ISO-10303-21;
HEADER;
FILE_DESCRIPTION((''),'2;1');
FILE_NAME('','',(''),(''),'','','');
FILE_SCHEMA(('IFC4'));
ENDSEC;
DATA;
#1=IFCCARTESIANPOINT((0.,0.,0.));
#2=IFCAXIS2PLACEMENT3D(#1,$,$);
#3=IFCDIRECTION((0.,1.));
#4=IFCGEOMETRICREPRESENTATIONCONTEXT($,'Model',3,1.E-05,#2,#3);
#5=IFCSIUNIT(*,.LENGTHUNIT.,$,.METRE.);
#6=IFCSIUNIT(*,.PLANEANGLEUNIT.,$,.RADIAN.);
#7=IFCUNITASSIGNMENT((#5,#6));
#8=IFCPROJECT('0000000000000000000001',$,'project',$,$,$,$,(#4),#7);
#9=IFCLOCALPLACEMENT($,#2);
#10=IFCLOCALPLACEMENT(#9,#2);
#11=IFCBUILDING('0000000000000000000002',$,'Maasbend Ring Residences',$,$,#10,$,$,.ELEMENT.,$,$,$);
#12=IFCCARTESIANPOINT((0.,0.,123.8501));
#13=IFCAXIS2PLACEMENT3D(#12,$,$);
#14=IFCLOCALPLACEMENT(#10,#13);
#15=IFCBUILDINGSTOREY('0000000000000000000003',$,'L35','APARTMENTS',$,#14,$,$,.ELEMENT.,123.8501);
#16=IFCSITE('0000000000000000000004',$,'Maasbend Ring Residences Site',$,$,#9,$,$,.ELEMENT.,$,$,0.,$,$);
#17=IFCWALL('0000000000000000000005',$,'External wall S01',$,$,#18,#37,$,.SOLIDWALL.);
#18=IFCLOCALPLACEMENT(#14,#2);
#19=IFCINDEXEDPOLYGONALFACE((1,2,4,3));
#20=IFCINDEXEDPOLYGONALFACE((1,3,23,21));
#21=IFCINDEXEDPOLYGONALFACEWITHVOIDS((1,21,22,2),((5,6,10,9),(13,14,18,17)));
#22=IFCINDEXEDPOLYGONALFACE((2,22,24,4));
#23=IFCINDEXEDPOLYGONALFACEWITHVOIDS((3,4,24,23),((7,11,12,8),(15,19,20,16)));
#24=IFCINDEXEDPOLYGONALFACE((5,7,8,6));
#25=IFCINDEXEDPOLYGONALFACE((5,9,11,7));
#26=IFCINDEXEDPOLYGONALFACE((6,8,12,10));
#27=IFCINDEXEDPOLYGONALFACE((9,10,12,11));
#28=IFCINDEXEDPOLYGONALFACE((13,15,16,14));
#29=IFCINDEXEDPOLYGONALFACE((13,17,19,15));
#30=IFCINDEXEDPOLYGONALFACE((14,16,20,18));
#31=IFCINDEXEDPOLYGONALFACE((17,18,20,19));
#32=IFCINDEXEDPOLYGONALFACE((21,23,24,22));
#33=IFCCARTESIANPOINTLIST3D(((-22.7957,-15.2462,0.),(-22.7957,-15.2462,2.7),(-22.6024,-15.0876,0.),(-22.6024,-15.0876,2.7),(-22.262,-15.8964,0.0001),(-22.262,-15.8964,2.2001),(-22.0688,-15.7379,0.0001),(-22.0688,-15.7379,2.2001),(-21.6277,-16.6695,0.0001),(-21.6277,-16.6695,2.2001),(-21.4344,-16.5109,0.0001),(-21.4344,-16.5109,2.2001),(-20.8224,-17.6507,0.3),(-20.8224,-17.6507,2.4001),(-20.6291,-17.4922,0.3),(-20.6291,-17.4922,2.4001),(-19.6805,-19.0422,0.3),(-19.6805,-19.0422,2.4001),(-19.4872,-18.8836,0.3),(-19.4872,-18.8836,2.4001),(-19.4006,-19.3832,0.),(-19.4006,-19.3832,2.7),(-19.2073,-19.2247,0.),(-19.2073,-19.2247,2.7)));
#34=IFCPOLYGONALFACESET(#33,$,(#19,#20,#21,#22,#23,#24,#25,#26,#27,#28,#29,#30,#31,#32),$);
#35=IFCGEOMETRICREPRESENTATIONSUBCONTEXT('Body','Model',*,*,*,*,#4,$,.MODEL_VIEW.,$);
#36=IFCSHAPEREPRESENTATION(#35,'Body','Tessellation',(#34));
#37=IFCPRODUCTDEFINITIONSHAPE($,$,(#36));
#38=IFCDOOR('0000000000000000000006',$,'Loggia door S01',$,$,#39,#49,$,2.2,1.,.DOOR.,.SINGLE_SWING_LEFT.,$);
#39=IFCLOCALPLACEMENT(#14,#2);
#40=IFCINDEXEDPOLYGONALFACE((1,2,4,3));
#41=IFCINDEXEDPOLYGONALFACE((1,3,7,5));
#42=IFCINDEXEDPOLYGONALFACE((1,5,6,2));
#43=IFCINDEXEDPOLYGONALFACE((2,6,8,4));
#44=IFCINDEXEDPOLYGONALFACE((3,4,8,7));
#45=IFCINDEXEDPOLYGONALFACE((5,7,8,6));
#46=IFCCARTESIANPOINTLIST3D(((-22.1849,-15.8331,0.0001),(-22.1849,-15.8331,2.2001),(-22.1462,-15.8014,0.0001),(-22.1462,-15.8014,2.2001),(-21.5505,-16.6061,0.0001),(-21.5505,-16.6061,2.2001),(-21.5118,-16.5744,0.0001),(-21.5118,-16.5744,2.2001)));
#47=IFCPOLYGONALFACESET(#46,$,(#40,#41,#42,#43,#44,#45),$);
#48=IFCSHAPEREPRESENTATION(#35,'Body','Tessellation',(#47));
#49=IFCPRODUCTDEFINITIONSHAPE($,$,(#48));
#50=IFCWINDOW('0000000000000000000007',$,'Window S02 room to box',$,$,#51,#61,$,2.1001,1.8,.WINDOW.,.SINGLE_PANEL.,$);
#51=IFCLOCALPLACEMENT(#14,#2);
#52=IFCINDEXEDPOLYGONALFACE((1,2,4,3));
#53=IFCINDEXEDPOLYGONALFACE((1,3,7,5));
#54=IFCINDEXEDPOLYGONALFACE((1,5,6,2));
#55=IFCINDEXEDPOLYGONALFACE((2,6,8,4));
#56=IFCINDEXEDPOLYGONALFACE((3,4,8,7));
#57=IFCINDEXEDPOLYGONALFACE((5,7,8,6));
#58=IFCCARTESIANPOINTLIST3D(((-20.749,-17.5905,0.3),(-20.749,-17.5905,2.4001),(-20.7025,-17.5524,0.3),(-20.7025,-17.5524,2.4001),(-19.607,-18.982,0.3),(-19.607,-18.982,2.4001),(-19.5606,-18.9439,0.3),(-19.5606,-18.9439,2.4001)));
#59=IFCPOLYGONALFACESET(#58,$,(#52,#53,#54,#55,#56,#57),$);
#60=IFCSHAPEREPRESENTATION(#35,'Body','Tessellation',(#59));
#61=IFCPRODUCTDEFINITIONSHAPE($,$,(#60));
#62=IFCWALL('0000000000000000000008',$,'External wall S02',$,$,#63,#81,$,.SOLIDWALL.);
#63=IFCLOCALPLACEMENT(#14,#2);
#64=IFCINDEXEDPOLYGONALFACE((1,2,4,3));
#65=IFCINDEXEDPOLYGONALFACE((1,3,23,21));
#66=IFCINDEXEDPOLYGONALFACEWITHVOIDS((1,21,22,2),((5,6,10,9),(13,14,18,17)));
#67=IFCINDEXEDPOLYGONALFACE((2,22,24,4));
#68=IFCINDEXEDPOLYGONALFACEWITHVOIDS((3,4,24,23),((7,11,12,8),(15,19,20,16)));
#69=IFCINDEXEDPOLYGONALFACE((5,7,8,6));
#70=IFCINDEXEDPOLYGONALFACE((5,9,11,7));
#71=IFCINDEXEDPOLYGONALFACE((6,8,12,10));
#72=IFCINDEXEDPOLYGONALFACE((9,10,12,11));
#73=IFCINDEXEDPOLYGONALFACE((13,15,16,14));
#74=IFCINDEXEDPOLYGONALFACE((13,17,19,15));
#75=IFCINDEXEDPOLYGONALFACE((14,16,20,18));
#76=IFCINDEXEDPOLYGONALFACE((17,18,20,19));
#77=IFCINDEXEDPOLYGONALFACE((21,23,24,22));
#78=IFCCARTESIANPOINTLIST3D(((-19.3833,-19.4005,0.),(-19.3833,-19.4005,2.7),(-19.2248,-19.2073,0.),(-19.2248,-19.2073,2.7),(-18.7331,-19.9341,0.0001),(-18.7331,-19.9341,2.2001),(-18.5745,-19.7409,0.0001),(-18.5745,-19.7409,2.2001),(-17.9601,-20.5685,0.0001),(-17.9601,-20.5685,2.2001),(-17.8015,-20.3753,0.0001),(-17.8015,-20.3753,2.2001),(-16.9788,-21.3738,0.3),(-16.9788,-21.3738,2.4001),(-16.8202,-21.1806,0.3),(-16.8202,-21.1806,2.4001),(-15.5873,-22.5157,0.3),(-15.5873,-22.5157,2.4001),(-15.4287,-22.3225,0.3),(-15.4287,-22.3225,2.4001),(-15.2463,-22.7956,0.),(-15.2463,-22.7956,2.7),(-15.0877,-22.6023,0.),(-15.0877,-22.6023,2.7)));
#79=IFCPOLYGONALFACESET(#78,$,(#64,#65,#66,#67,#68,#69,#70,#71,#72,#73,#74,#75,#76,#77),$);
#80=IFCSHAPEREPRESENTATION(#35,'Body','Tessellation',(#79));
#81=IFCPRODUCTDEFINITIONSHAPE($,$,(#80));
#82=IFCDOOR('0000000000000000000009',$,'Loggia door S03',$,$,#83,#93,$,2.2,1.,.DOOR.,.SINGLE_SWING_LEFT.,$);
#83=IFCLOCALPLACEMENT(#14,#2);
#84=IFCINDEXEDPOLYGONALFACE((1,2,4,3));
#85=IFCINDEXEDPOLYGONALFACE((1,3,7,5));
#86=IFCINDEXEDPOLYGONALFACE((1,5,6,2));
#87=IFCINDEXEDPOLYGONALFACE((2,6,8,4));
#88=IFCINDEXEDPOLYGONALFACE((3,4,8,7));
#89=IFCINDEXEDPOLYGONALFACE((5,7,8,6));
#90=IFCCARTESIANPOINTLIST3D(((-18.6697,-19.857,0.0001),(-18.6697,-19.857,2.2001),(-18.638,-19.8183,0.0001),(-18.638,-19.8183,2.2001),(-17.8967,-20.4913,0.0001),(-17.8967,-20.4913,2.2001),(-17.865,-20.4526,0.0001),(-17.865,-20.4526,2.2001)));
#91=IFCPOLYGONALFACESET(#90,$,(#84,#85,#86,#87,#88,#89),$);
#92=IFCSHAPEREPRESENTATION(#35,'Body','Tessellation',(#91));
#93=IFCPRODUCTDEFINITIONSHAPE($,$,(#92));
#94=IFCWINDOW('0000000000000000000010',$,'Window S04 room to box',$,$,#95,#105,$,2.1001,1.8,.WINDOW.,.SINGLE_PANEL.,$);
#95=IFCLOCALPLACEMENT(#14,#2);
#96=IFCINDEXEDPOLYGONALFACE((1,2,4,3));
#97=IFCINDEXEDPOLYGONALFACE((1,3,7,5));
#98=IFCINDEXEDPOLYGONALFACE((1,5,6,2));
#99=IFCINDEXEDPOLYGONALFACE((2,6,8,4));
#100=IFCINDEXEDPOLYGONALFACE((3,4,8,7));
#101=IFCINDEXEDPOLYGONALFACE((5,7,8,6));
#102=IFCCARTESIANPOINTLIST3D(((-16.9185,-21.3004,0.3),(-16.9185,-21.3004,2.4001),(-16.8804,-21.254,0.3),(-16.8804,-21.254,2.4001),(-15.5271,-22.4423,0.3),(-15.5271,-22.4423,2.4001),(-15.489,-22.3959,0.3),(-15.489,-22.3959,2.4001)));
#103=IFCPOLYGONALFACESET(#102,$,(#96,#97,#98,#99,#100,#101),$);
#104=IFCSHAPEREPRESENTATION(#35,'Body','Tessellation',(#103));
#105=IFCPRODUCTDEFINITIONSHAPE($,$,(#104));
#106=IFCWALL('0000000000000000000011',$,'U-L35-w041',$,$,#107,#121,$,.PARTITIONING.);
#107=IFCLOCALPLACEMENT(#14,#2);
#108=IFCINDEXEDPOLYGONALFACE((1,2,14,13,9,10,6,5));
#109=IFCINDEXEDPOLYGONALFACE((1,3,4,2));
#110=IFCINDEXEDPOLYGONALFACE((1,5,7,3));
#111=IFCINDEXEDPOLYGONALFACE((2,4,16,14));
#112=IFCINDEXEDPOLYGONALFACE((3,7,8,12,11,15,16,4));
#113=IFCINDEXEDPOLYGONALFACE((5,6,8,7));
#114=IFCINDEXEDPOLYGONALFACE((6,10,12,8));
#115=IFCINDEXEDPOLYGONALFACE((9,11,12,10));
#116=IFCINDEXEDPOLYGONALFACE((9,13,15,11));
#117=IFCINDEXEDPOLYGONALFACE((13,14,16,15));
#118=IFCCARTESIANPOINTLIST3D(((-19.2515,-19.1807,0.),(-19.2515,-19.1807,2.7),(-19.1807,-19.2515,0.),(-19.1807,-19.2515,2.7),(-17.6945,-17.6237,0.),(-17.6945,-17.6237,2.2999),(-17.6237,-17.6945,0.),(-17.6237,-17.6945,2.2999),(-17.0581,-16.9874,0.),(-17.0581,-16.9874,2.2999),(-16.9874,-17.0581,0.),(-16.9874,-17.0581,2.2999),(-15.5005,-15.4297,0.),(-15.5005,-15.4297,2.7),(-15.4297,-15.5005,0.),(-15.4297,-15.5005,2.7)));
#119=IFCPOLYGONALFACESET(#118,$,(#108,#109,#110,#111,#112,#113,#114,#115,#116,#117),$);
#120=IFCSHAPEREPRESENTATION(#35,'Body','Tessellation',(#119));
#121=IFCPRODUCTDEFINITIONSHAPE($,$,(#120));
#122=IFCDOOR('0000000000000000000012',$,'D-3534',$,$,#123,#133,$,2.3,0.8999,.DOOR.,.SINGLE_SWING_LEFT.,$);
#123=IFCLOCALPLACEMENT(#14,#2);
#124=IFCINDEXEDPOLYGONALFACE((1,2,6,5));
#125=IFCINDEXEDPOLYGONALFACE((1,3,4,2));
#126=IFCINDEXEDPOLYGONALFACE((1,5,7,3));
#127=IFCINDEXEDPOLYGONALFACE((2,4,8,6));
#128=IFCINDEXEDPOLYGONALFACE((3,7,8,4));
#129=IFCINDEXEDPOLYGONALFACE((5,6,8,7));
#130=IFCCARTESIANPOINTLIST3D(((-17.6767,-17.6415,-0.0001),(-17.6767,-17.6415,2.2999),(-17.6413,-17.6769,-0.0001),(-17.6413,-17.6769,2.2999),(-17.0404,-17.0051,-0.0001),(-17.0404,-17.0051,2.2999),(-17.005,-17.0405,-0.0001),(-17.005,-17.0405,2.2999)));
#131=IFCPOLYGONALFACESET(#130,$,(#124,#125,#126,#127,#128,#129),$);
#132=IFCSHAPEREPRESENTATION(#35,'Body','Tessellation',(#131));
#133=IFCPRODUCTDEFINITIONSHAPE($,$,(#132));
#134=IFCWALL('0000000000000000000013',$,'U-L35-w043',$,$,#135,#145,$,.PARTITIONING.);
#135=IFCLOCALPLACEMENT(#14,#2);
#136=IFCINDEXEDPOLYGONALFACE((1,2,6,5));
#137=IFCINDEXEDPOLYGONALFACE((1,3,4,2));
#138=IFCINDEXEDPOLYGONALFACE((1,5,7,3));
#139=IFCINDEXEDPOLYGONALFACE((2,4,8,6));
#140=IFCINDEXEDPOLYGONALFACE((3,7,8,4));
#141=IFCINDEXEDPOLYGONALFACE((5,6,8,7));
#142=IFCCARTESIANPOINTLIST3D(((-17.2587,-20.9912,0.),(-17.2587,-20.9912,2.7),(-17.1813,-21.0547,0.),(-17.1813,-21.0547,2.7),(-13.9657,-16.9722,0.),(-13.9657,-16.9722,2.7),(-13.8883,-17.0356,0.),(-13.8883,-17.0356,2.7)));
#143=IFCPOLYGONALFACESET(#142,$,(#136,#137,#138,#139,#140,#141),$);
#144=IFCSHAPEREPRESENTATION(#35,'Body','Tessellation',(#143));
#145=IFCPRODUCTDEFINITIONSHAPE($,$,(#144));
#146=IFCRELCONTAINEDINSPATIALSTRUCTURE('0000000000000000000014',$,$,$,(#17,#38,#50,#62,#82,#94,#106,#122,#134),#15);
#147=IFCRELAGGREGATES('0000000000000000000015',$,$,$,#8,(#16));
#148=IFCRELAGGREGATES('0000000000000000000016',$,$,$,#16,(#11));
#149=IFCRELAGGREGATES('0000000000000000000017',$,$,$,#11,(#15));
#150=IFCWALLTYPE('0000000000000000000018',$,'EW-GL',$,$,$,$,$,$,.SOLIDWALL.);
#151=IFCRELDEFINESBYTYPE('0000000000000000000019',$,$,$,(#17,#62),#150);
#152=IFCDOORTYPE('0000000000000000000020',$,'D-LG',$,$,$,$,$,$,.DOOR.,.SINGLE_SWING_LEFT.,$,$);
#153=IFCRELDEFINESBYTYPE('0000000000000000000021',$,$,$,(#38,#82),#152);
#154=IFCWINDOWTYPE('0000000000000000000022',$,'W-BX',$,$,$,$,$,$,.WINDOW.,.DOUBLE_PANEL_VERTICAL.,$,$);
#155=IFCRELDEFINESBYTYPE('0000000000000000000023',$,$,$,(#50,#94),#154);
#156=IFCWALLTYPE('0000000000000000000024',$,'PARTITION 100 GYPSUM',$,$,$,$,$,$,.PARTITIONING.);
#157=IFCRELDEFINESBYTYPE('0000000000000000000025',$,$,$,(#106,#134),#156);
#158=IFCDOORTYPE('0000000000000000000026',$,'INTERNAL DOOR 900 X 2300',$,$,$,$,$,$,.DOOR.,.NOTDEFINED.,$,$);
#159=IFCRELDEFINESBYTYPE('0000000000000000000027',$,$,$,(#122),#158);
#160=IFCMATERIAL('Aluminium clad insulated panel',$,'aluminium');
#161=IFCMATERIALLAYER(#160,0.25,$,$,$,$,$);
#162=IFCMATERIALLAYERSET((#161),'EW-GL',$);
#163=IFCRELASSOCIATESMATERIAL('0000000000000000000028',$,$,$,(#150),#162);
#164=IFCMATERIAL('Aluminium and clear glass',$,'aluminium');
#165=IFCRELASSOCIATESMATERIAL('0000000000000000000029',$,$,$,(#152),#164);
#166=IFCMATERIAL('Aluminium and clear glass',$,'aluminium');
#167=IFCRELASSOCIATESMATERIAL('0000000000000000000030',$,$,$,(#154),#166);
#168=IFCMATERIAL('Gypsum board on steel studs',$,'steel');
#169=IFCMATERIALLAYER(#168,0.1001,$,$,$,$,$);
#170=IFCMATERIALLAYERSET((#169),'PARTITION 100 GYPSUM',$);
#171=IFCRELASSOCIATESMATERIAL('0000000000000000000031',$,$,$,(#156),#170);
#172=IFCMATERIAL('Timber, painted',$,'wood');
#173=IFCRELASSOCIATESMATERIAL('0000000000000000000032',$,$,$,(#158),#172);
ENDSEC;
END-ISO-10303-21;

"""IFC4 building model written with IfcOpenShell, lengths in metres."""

from ifc_helpers import new_model, si_unit, direction, frame, frame_2d, origin, place, context, subcontext, project, spatial, rectangle, extrude, material, layer, layer_set, type_object, element, fill, save


model = new_model("IFC4")

# Units and contexts
model_context = context("Model", 3, precision=1e-05, world=origin(), true_north=direction((0.0, 1.0)))
body_context = subcontext(model_context, "Body", "Model", "MODEL_VIEW")
ifc_project = project(units=[si_unit("LENGTHUNIT", "METRE"), si_unit("PLANEANGLEUNIT", "RADIAN")], contexts=[model_context])

# Site, building, storey
site_placement = place(None, origin())
site = spatial("IfcSite", under=ifc_project, at=site_placement, Name="Maasbend Ring Residences Site", CompositionType="ELEMENT", RefElevation=0.0)
building_placement = place(site_placement, origin())
building = spatial("IfcBuilding", under=site, at=building_placement, Name="Maasbend Ring Residences", CompositionType="ELEMENT")
storey_placement = place(building_placement, frame((0.0, 0.0, 123.8501)))
storey = spatial("IfcBuildingStorey", under=building, at=storey_placement, Name="L35", Description="APARTMENTS", CompositionType="ELEMENT", Elevation=123.8501)

# Walls, openings, doors, windows
ifc_material_1 = material(Name="Aluminium clad insulated panel", Category="aluminium")
ifc_layer_1 = layer(ifc_material_1, 0.25)
ifc_layer_set_1 = layer_set([ifc_layer_1], Name="EW-GL")
wall_type_1 = type_object("IfcWallType", Name="EW-GL", PredefinedType="SOLIDWALL", material=ifc_layer_set_1)
wall_1_placement = place(storey_placement, frame((-22.699, -15.167, 0.0), z_axis=(0.0, 0.0, 1.0), x_axis=(0.634382, -0.773019, 0.0)))
wall_1 = element("IfcWall", 1, at=wall_1_placement, inside=storey, type_object=wall_type_1, Name="External wall S01", PredefinedType="SOLIDWALL", context=body_context, shape_type="SweptSolid", body=[
    extrude(rectangle(XDim=5.3518, YDim=0.25, at=frame_2d((2.6758, 0.0))), origin(), (0.0, 0.0, 1.0), 2.7),
])
opening_1_placement = place(wall_1_placement, frame((0.8411, 0.0, 0.0)))
opening_1 = element("IfcOpeningElement", 2, at=opening_1_placement, cuts=wall_1, PredefinedType="OPENING", context=body_context, shape_type="SweptSolid", body=[
    extrude(rectangle(XDim=1.0, YDim=2.2, at=frame_2d((0.5, 1.1001))), frame((0.0, 0.135, 0.0), z_axis=(0.0, -1.0, 0.0), x_axis=(1.0, 0.0, 0.0)), (0.0, 0.0, 1.0), 0.27),
])
opening_2_placement = place(wall_1_placement, frame((3.1106, 0.0, 0.3)))
opening_2 = element("IfcOpeningElement", 3, at=opening_2_placement, cuts=wall_1, PredefinedType="OPENING", context=body_context, shape_type="SweptSolid", body=[
    extrude(rectangle(XDim=1.8, YDim=2.1001, at=frame_2d((0.8999, 1.05))), frame((0.0, 0.135, 0.0), z_axis=(0.0, -1.0, 0.0), x_axis=(1.0, 0.0, 0.0)), (0.0, 0.0, 1.0), 0.27),
])
ifc_material_2 = material(Name="Aluminium and clear glass", Category="aluminium")
door_type_1 = type_object("IfcDoorType", Name="D-LG", OperationType="SINGLE_SWING_LEFT", PredefinedType="DOOR", material=ifc_material_2)
door_1_placement = place(opening_1_placement, origin())
door_1 = element("IfcDoor", 4, at=door_1_placement, inside=storey, type_object=door_type_1, Name="Loggia door S01", OperationType="SINGLE_SWING_LEFT", OverallHeight=2.2, OverallWidth=1.0, PredefinedType="DOOR", context=body_context, shape_type="SweptSolid", body=[
    extrude(rectangle(XDim=1.0, YDim=2.2, at=frame_2d((0.5, 1.1001))), frame((0.0, 0.0249, 0.0), z_axis=(0.0, -1.0, 0.0), x_axis=(1.0, 0.0, 0.0)), (0.0, 0.0, 1.0), 0.05),
])
fill(opening_1, door_1)
ifc_material_3 = material(Name="Aluminium and clear glass", Category="aluminium")
window_type_1 = type_object("IfcWindowType", Name="W-BX", PartitioningType="DOUBLE_PANEL_VERTICAL", PredefinedType="WINDOW", material=ifc_material_3)
window_1_placement = place(opening_2_placement, origin())
window_1 = element("IfcWindow", 5, at=window_1_placement, inside=storey, type_object=window_type_1, Name="Window S02 room to box", OverallHeight=2.1001, OverallWidth=1.8, PartitioningType="SINGLE_PANEL", PredefinedType="WINDOW", context=body_context, shape_type="SweptSolid", body=[
    extrude(rectangle(XDim=1.8, YDim=2.1001, at=frame_2d((0.8999, 1.05))), frame((0.0, 0.03, 0.0), z_axis=(0.0, -1.0, 0.0), x_axis=(1.0, 0.0, 0.0)), (0.0, 0.0, 1.0), 0.0601),
])
fill(opening_2, window_1)
wall_2_placement = place(storey_placement, frame((-19.304, -19.304, 0.0), z_axis=(0.0, 0.0, 1.0), x_axis=(0.773019, -0.634382, 0.0)))
wall_2 = element("IfcWall", 6, at=wall_2_placement, inside=storey, type_object=wall_type_1, Name="External wall S02", PredefinedType="SOLIDWALL", context=body_context, shape_type="SweptSolid", body=[
    extrude(rectangle(XDim=5.3518, YDim=0.25, at=frame_2d((2.6758, 0.0))), origin(), (0.0, 0.0, 1.0), 2.7),
])
opening_3_placement = place(wall_2_placement, frame((0.8411, 0.0, 0.0)))
opening_3 = element("IfcOpeningElement", 7, at=opening_3_placement, cuts=wall_2, PredefinedType="OPENING", context=body_context, shape_type="SweptSolid", body=[
    extrude(rectangle(XDim=1.0, YDim=2.2, at=frame_2d((0.5, 1.1001))), frame((0.0, 0.135, 0.0), z_axis=(0.0, -1.0, 0.0), x_axis=(1.0, 0.0, 0.0)), (0.0, 0.0, 1.0), 0.27),
])
opening_4_placement = place(wall_2_placement, frame((3.1106, 0.0, 0.3)))
opening_4 = element("IfcOpeningElement", 8, at=opening_4_placement, cuts=wall_2, PredefinedType="OPENING", context=body_context, shape_type="SweptSolid", body=[
    extrude(rectangle(XDim=1.8, YDim=2.1001, at=frame_2d((0.8999, 1.05))), frame((0.0, 0.135, 0.0), z_axis=(0.0, -1.0, 0.0), x_axis=(1.0, 0.0, 0.0)), (0.0, 0.0, 1.0), 0.27),
])
door_2_placement = place(opening_3_placement, origin())
door_2 = element("IfcDoor", 9, at=door_2_placement, inside=storey, type_object=door_type_1, Name="Loggia door S03", OperationType="SINGLE_SWING_LEFT", OverallHeight=2.2, OverallWidth=1.0, PredefinedType="DOOR", context=body_context, shape_type="SweptSolid", body=[
    extrude(rectangle(XDim=1.0, YDim=2.2, at=frame_2d((0.5, 1.1001))), frame((0.0, 0.0249, 0.0), z_axis=(0.0, -1.0, 0.0), x_axis=(1.0, 0.0, 0.0)), (0.0, 0.0, 1.0), 0.05),
])
fill(opening_3, door_2)
window_2_placement = place(opening_4_placement, origin())
window_2 = element("IfcWindow", 10, at=window_2_placement, inside=storey, type_object=window_type_1, Name="Window S04 room to box", OverallHeight=2.1001, OverallWidth=1.8, PartitioningType="SINGLE_PANEL", PredefinedType="WINDOW", context=body_context, shape_type="SweptSolid", body=[
    extrude(rectangle(XDim=1.8, YDim=2.1001, at=frame_2d((0.8999, 1.05))), frame((0.0, 0.03, 0.0), z_axis=(0.0, -1.0, 0.0), x_axis=(1.0, 0.0, 0.0)), (0.0, 0.0, 1.0), 0.0601),
])
fill(opening_4, window_2)

# Wall, opening, door
ifc_material_4 = material(Name="Gypsum board on steel studs", Category="steel")
ifc_layer_2 = layer(ifc_material_4, 0.1001)
ifc_layer_set_2 = layer_set([ifc_layer_2], Name="PARTITION 100 GYPSUM")
wall_type_2 = type_object("IfcWallType", Name="PARTITION 100 GYPSUM", PredefinedType="PARTITIONING", material=ifc_layer_set_2)
wall_3_placement = place(storey_placement, frame((-19.2161, -19.2161, 0.0), z_axis=(0.0, 0.0, 1.0), x_axis=(0.707107, 0.707107, 0.0)))
wall_3 = element("IfcWall", 11, at=wall_3_placement, inside=storey, type_object=wall_type_2, Name="U-L35-w041", PredefinedType="PARTITIONING", context=body_context, shape_type="SweptSolid", body=[
    extrude(rectangle(XDim=5.3047, YDim=0.1001, at=frame_2d((2.6523, 0.0))), origin(), (0.0, 0.0, 1.0), 2.7),
])
opening_5_placement = place(wall_3_placement, frame((2.2019, 0.0, 0.0)))
opening_5 = element("IfcOpeningElement", 12, at=opening_5_placement, cuts=wall_3, PredefinedType="OPENING", context=body_context, shape_type="SweptSolid", body=[
    extrude(rectangle(XDim=0.8999, YDim=2.3, at=frame_2d((0.45, 1.1499))), frame((0.0, 0.0601, 0.0), z_axis=(0.0, -1.0, 0.0), x_axis=(1.0, 0.0, 0.0)), (0.0, 0.0, 1.0), 0.1201),
])
ifc_material_5 = material(Name="Timber, painted", Category="wood")
door_type_2 = type_object("IfcDoorType", Name="INTERNAL DOOR 900 X 2300", OperationType="NOTDEFINED", PredefinedType="DOOR", material=ifc_material_5)
door_3_placement = place(opening_5_placement, origin())
door_3 = element("IfcDoor", 13, at=door_3_placement, inside=storey, type_object=door_type_2, Name="D-3534", OperationType="SINGLE_SWING_LEFT", OverallHeight=2.3, OverallWidth=0.8999, PredefinedType="DOOR", context=body_context, shape_type="SweptSolid", body=[
    extrude(rectangle(XDim=0.8999, YDim=2.3, at=frame_2d((0.45, 1.1499))), frame((0.0, 0.0249, 0.0), z_axis=(0.0, -1.0, 0.0), x_axis=(1.0, 0.0, 0.0)), (0.0, 0.0, 1.0), 0.05),
])
fill(opening_5, door_3)

# Wall
wall_4_placement = place(storey_placement, frame((-17.22, -21.0229, 0.0), z_axis=(0.0, 0.0, 1.0), x_axis=(0.633775, 0.773517, 0.0)))
element("IfcWall", 14, at=wall_4_placement, inside=storey, type_object=wall_type_2, Name="U-L35-w043", PredefinedType="PARTITIONING", context=body_context, shape_type="SweptSolid", body=[
    extrude(rectangle(XDim=5.1958, YDim=0.1001, at=frame_2d((2.5979, 0.0))), origin(), (0.0, 0.0, 1.0), 2.7),
])

save(model, "model.ifc")
